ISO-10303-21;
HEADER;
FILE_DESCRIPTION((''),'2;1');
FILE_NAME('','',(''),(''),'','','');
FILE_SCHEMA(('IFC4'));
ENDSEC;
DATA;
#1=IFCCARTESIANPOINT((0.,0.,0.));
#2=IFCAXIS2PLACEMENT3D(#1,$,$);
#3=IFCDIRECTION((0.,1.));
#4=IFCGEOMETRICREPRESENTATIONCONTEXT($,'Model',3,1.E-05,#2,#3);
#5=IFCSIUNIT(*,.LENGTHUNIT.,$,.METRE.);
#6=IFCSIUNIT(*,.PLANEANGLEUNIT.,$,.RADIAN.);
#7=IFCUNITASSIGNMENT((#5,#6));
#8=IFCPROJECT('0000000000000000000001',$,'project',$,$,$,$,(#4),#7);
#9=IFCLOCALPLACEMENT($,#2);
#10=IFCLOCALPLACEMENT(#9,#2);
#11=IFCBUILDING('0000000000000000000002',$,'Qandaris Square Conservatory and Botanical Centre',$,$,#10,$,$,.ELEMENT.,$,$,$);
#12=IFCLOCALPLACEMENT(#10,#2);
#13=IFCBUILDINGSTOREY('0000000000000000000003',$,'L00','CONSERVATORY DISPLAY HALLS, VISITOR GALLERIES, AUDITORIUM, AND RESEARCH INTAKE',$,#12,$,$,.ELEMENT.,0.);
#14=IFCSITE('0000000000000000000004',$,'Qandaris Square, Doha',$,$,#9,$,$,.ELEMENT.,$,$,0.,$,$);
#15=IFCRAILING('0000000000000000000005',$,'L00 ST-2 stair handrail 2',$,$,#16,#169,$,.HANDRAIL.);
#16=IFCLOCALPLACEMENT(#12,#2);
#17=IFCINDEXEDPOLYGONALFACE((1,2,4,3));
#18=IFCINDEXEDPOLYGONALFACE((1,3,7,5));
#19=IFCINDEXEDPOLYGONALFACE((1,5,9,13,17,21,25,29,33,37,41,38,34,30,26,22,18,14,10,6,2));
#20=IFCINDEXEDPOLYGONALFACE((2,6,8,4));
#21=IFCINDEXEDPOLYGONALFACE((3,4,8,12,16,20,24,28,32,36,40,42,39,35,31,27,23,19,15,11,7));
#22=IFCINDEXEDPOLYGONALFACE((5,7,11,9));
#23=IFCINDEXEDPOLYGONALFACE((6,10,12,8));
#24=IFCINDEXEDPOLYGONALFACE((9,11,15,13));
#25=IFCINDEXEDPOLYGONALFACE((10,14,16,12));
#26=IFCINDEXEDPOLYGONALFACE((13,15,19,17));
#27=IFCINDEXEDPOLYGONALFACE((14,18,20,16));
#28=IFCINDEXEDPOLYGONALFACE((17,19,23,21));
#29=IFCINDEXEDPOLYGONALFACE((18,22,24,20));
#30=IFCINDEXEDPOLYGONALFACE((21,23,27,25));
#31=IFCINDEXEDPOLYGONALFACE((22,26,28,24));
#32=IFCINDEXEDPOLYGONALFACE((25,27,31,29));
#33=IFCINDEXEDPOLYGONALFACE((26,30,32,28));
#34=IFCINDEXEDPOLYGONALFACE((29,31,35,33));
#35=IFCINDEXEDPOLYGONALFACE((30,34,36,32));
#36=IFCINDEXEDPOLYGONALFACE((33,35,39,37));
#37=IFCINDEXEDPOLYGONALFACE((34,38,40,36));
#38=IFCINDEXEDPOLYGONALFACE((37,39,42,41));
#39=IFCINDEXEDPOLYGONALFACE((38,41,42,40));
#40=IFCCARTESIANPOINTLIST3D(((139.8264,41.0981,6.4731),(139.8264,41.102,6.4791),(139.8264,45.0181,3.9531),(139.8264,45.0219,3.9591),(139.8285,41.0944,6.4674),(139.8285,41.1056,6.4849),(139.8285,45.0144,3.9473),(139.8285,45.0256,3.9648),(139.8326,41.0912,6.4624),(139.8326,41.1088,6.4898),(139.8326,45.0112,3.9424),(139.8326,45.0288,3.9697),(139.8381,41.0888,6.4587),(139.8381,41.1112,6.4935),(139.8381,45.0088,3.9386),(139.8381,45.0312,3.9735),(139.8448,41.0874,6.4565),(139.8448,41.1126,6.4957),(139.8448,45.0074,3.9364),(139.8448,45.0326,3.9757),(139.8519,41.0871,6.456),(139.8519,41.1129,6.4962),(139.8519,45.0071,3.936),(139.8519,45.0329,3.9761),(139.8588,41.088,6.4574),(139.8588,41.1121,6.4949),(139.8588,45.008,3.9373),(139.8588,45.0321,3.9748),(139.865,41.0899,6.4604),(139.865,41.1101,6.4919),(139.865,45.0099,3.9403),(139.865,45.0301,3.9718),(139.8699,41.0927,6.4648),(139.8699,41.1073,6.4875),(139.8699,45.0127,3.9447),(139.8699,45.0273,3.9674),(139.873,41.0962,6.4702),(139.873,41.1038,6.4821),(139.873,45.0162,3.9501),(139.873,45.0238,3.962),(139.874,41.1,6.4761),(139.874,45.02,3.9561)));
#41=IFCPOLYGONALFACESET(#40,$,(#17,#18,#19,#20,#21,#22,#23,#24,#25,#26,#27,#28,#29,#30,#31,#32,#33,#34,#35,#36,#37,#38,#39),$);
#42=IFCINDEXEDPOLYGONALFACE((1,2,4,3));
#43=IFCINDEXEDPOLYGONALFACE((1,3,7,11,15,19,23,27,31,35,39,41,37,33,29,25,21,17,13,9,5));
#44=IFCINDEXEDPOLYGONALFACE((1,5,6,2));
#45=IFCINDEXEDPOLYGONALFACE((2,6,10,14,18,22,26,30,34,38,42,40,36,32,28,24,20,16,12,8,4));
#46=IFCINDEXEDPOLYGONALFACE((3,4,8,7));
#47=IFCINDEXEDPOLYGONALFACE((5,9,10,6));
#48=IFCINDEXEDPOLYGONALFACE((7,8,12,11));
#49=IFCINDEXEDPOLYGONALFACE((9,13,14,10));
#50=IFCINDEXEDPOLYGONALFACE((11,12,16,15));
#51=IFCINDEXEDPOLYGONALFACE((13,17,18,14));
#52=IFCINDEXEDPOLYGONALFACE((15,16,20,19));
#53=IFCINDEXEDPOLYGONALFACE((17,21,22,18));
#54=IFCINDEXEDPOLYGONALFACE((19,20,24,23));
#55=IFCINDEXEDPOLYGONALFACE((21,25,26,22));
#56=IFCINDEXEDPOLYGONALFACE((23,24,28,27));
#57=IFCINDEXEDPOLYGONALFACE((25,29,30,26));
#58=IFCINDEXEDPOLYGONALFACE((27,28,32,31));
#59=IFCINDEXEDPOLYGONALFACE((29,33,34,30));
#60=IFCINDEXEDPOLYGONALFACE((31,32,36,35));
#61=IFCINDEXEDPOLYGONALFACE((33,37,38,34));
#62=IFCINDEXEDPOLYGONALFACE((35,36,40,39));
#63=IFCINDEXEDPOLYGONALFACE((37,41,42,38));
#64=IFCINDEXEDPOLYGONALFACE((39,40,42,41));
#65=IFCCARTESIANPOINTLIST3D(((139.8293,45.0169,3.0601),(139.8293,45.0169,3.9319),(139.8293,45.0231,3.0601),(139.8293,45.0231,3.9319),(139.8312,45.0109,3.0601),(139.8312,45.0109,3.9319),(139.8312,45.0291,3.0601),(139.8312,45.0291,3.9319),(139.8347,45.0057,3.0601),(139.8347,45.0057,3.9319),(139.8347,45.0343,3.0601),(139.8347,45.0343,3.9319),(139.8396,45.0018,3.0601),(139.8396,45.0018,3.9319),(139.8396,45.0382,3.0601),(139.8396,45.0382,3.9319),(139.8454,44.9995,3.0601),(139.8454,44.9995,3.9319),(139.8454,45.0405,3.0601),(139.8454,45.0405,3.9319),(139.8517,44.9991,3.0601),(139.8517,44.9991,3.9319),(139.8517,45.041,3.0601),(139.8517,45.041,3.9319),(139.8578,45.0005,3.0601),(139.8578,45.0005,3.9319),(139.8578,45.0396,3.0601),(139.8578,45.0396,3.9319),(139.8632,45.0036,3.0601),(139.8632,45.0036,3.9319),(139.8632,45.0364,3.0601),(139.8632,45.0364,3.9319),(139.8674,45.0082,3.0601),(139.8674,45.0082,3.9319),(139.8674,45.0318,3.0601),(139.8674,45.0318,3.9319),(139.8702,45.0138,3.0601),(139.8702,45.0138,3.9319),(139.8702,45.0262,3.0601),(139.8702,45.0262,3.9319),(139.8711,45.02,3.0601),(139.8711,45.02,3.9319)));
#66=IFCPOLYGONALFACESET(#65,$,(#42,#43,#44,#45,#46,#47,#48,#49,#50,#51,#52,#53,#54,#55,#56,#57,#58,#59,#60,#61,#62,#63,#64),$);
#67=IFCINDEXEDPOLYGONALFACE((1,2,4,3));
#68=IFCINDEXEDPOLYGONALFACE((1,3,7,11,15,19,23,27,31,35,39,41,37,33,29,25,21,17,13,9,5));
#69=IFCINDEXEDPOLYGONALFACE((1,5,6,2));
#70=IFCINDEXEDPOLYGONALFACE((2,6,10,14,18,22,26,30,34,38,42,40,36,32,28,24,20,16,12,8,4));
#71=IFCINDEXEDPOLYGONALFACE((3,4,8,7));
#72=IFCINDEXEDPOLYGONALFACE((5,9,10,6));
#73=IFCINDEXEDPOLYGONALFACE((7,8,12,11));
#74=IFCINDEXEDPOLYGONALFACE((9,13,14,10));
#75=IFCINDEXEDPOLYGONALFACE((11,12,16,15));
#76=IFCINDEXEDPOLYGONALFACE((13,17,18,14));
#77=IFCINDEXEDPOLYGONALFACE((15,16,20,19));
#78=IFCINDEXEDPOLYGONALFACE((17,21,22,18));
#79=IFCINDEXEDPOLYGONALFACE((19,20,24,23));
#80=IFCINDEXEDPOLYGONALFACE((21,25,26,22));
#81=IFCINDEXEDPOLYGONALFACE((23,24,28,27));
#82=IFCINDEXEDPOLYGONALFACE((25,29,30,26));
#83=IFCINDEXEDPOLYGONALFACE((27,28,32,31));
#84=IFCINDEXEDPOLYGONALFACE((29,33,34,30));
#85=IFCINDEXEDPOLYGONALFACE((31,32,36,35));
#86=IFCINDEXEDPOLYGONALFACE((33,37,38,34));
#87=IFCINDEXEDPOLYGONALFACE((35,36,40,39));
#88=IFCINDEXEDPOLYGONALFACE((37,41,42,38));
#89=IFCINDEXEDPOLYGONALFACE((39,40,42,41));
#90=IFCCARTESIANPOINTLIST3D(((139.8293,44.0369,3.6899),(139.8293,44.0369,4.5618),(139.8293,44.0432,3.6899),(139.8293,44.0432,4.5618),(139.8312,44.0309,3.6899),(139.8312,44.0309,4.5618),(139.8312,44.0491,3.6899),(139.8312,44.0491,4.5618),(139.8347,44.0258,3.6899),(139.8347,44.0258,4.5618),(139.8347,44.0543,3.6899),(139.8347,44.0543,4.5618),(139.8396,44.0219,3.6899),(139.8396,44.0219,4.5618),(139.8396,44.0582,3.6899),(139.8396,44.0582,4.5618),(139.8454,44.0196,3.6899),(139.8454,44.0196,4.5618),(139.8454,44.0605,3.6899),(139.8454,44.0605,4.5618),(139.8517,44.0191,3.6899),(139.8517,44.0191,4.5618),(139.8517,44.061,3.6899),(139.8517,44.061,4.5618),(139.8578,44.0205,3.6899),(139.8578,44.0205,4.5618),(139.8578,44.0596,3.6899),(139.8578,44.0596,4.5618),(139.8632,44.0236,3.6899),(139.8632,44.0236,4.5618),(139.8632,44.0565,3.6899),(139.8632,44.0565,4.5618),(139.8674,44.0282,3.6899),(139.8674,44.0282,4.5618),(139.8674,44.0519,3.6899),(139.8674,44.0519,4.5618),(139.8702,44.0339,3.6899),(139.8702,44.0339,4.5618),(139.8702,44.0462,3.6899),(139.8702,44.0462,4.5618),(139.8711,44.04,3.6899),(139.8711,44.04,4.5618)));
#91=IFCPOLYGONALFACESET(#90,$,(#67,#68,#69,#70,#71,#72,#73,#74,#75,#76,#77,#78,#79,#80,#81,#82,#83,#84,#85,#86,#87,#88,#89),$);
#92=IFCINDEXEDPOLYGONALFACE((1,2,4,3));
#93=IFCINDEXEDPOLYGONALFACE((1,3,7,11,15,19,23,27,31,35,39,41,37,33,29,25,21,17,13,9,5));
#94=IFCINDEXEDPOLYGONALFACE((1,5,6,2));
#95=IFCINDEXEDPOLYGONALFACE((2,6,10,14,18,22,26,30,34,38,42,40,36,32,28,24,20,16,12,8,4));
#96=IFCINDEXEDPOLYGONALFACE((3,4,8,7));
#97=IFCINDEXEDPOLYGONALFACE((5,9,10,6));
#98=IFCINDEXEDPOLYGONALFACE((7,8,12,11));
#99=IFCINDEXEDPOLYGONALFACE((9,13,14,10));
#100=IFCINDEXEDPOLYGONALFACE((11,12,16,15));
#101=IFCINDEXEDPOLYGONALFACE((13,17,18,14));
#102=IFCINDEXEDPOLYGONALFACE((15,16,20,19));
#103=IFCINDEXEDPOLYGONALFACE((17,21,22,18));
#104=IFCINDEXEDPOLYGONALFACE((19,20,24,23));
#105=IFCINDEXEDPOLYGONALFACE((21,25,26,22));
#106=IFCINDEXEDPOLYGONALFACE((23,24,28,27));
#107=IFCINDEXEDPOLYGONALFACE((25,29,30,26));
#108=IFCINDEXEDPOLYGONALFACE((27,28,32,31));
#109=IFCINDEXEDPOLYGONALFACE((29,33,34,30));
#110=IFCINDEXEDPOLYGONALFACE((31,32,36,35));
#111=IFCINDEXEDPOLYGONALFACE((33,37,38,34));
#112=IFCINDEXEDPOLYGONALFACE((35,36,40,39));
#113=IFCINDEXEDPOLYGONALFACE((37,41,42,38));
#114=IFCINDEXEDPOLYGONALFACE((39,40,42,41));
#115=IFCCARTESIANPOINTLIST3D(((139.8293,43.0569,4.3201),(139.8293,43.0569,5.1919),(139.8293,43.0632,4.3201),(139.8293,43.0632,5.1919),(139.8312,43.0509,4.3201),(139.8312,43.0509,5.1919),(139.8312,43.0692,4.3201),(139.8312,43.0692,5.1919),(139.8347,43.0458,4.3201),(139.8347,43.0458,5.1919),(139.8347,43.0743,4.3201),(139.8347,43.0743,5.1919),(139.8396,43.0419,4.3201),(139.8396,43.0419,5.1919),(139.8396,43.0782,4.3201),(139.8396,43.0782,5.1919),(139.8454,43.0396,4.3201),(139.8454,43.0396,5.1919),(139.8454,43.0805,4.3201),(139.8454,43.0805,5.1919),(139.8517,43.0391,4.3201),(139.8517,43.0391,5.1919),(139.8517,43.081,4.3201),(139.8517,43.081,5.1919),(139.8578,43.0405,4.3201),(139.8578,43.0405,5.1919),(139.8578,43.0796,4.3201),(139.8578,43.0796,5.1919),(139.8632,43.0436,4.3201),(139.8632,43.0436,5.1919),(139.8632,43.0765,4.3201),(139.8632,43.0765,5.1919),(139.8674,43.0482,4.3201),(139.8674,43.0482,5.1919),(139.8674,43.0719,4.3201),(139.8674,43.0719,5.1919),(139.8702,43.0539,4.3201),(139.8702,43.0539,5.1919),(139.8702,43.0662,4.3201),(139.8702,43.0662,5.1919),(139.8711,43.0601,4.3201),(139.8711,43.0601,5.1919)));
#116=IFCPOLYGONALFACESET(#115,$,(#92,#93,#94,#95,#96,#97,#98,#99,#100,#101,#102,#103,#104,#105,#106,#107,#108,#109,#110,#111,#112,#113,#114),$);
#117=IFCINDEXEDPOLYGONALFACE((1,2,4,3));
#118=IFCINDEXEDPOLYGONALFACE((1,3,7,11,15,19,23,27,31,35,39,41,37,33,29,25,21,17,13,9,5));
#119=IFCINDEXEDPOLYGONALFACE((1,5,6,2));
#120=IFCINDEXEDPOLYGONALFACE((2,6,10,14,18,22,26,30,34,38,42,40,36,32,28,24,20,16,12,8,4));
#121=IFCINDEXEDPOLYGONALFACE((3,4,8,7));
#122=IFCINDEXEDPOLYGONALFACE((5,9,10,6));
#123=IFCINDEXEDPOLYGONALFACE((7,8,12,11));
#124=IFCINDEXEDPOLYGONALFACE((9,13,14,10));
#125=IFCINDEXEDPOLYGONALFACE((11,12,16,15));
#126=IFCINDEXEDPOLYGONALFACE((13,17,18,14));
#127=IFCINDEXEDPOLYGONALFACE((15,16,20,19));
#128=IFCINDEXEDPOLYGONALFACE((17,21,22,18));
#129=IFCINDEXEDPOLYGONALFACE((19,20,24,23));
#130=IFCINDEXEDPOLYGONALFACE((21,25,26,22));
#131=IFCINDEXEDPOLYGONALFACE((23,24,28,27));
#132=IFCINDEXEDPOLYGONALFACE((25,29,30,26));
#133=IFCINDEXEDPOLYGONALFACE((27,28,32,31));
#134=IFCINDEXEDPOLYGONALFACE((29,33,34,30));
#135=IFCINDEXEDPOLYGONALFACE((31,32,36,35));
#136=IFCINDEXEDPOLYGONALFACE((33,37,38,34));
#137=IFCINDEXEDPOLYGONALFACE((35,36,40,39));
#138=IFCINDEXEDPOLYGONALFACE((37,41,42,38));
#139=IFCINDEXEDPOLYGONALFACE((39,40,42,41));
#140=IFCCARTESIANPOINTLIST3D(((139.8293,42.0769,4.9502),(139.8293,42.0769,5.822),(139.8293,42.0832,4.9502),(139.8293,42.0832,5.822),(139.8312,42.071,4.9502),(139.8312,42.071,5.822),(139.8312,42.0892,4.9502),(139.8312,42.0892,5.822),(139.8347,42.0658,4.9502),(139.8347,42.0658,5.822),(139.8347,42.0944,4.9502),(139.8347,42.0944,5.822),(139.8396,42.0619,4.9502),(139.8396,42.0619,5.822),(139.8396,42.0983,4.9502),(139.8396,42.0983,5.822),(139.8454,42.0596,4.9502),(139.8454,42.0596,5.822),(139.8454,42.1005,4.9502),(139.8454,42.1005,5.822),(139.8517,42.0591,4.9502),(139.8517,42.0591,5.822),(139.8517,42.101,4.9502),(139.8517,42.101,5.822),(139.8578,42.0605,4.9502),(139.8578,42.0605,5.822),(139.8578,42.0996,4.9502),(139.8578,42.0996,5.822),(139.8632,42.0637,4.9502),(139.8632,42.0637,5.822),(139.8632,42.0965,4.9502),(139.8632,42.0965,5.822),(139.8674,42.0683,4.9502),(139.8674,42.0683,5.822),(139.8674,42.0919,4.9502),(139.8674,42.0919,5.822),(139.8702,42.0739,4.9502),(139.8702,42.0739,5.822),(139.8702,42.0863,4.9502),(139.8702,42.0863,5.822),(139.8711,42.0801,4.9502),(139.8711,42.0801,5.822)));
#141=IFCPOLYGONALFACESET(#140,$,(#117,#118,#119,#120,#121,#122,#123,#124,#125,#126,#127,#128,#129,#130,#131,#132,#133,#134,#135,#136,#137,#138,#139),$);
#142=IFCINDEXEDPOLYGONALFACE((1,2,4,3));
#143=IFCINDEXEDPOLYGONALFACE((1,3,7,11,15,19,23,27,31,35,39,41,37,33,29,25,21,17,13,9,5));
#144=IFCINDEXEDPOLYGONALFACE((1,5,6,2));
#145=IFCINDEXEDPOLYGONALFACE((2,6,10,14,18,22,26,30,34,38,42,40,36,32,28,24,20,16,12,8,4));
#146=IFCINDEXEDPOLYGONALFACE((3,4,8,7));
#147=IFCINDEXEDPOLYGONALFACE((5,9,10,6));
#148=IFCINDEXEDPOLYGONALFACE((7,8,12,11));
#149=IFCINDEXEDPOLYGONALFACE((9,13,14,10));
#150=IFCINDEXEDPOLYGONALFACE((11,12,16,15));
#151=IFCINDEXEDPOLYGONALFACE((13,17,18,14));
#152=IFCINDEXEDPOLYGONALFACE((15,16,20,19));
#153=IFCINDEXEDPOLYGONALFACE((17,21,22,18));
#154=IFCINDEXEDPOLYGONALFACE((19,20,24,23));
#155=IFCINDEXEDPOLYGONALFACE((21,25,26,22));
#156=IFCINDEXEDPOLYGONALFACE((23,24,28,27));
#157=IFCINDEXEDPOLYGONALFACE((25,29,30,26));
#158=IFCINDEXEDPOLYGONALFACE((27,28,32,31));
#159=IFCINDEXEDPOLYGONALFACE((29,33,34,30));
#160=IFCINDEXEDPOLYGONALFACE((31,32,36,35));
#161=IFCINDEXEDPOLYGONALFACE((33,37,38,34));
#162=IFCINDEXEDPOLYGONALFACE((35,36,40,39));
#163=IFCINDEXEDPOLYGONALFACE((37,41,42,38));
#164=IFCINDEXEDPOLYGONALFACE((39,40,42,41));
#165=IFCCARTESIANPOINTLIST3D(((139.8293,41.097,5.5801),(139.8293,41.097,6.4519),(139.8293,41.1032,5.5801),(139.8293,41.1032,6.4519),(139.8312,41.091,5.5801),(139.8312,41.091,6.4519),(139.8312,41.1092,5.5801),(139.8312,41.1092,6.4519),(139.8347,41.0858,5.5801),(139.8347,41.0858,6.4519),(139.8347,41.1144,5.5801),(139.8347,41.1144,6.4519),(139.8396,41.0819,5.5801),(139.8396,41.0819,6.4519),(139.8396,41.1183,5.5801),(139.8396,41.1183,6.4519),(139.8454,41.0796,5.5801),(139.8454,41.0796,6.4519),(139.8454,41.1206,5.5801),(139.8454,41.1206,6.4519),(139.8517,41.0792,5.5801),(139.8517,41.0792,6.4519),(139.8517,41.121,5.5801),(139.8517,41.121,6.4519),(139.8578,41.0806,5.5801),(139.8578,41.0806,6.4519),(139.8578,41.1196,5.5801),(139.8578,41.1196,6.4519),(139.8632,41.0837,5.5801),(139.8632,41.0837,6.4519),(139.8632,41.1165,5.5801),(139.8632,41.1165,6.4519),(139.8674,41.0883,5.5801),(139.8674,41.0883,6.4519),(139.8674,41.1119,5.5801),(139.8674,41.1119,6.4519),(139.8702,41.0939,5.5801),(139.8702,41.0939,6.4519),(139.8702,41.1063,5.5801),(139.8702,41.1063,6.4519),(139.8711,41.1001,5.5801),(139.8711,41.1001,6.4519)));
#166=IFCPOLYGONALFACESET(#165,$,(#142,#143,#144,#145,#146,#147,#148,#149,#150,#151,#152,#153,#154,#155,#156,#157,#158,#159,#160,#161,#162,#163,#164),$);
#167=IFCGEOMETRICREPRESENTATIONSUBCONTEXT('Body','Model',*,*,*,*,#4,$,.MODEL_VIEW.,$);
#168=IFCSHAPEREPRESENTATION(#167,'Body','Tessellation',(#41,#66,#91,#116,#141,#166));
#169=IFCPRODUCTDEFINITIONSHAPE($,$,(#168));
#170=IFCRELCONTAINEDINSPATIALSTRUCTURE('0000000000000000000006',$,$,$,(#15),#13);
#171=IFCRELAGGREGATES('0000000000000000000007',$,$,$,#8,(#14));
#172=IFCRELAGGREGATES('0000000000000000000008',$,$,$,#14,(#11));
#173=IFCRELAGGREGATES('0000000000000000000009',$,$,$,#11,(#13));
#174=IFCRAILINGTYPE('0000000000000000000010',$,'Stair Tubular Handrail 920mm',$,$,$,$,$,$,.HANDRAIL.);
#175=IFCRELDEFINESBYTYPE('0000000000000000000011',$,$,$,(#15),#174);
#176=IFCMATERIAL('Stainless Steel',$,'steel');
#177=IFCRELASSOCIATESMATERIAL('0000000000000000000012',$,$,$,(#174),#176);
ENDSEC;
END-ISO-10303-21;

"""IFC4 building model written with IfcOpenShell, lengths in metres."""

from ifc_helpers import new_model, si_unit, direction, frame, origin, origin_2d, place, context, subcontext, project, spatial, circle, extrude, material, type_object, element, save


model = new_model("IFC4")

# Units and contexts
model_context = context("Model", 3, precision=1e-05, world=origin(), true_north=direction((0.0, 1.0)))
body_context = subcontext(model_context, "Body", "Model", "MODEL_VIEW")
ifc_project = project(units=[si_unit("LENGTHUNIT", "METRE"), si_unit("PLANEANGLEUNIT", "RADIAN")], contexts=[model_context])

# Site, building, storey
site_placement = place(None, origin())
site = spatial("IfcSite", under=ifc_project, at=site_placement, Name="Qandaris Square, Doha", CompositionType="ELEMENT", RefElevation=0.0)
building_placement = place(site_placement, origin())
building = spatial("IfcBuilding", under=site, at=building_placement, Name="Qandaris Square Conservatory and Botanical Centre", CompositionType="ELEMENT")
storey_placement = place(building_placement, origin())
storey = spatial("IfcBuildingStorey", under=building, at=storey_placement, Name="L00", Description="CONSERVATORY DISPLAY HALLS, VISITOR GALLERIES, AUDITORIUM, AND RESEARCH INTAKE", CompositionType="ELEMENT", Elevation=0.0)

# Railing
ifc_material_1 = material(Name="Stainless Steel", Category="steel")
railing_type_1 = type_object("IfcRailingType", Name="Stair Tubular Handrail 920mm", PredefinedType="HANDRAIL", material=ifc_material_1)
railing_1_placement = place(storey_placement, frame((139.8501, 45.02, 3.0601)))
element("IfcRailing", 1, at=railing_1_placement, inside=storey, type_object=railing_type_1, Name="L00 ST-2 stair handrail 2", PredefinedType="HANDRAIL", context=body_context, shape_type="SweptSolid", body=[
    extrude(circle(Radius=0.0239, at=origin_2d()), frame((0.0, 0.0, 0.896), z_axis=(0.0, -0.841172, 0.540768), x_axis=(1.0, 0.0, 0.0)), (0.0, 0.0, 1.0), 4.6602),
    extrude(circle(Radius=0.021, at=origin_2d()), origin(), (0.0, 0.0, 1.0), 0.8718),
    extrude(circle(Radius=0.021, at=origin_2d()), frame((0.0, -0.98, 0.6299)), (0.0, 0.0, 1.0), 0.8718),
    extrude(circle(Radius=0.021, at=origin_2d()), frame((0.0, -1.96, 1.26)), (0.0, 0.0, 1.0), 0.8718),
    extrude(circle(Radius=0.021, at=origin_2d()), frame((0.0, -2.9399, 1.8901)), (0.0, 0.0, 1.0), 0.8718),
    extrude(circle(Radius=0.021, at=origin_2d()), frame((0.0, -3.9199, 2.52)), (0.0, 0.0, 1.0), 0.8718),
])

save(model, "model.ifc")
